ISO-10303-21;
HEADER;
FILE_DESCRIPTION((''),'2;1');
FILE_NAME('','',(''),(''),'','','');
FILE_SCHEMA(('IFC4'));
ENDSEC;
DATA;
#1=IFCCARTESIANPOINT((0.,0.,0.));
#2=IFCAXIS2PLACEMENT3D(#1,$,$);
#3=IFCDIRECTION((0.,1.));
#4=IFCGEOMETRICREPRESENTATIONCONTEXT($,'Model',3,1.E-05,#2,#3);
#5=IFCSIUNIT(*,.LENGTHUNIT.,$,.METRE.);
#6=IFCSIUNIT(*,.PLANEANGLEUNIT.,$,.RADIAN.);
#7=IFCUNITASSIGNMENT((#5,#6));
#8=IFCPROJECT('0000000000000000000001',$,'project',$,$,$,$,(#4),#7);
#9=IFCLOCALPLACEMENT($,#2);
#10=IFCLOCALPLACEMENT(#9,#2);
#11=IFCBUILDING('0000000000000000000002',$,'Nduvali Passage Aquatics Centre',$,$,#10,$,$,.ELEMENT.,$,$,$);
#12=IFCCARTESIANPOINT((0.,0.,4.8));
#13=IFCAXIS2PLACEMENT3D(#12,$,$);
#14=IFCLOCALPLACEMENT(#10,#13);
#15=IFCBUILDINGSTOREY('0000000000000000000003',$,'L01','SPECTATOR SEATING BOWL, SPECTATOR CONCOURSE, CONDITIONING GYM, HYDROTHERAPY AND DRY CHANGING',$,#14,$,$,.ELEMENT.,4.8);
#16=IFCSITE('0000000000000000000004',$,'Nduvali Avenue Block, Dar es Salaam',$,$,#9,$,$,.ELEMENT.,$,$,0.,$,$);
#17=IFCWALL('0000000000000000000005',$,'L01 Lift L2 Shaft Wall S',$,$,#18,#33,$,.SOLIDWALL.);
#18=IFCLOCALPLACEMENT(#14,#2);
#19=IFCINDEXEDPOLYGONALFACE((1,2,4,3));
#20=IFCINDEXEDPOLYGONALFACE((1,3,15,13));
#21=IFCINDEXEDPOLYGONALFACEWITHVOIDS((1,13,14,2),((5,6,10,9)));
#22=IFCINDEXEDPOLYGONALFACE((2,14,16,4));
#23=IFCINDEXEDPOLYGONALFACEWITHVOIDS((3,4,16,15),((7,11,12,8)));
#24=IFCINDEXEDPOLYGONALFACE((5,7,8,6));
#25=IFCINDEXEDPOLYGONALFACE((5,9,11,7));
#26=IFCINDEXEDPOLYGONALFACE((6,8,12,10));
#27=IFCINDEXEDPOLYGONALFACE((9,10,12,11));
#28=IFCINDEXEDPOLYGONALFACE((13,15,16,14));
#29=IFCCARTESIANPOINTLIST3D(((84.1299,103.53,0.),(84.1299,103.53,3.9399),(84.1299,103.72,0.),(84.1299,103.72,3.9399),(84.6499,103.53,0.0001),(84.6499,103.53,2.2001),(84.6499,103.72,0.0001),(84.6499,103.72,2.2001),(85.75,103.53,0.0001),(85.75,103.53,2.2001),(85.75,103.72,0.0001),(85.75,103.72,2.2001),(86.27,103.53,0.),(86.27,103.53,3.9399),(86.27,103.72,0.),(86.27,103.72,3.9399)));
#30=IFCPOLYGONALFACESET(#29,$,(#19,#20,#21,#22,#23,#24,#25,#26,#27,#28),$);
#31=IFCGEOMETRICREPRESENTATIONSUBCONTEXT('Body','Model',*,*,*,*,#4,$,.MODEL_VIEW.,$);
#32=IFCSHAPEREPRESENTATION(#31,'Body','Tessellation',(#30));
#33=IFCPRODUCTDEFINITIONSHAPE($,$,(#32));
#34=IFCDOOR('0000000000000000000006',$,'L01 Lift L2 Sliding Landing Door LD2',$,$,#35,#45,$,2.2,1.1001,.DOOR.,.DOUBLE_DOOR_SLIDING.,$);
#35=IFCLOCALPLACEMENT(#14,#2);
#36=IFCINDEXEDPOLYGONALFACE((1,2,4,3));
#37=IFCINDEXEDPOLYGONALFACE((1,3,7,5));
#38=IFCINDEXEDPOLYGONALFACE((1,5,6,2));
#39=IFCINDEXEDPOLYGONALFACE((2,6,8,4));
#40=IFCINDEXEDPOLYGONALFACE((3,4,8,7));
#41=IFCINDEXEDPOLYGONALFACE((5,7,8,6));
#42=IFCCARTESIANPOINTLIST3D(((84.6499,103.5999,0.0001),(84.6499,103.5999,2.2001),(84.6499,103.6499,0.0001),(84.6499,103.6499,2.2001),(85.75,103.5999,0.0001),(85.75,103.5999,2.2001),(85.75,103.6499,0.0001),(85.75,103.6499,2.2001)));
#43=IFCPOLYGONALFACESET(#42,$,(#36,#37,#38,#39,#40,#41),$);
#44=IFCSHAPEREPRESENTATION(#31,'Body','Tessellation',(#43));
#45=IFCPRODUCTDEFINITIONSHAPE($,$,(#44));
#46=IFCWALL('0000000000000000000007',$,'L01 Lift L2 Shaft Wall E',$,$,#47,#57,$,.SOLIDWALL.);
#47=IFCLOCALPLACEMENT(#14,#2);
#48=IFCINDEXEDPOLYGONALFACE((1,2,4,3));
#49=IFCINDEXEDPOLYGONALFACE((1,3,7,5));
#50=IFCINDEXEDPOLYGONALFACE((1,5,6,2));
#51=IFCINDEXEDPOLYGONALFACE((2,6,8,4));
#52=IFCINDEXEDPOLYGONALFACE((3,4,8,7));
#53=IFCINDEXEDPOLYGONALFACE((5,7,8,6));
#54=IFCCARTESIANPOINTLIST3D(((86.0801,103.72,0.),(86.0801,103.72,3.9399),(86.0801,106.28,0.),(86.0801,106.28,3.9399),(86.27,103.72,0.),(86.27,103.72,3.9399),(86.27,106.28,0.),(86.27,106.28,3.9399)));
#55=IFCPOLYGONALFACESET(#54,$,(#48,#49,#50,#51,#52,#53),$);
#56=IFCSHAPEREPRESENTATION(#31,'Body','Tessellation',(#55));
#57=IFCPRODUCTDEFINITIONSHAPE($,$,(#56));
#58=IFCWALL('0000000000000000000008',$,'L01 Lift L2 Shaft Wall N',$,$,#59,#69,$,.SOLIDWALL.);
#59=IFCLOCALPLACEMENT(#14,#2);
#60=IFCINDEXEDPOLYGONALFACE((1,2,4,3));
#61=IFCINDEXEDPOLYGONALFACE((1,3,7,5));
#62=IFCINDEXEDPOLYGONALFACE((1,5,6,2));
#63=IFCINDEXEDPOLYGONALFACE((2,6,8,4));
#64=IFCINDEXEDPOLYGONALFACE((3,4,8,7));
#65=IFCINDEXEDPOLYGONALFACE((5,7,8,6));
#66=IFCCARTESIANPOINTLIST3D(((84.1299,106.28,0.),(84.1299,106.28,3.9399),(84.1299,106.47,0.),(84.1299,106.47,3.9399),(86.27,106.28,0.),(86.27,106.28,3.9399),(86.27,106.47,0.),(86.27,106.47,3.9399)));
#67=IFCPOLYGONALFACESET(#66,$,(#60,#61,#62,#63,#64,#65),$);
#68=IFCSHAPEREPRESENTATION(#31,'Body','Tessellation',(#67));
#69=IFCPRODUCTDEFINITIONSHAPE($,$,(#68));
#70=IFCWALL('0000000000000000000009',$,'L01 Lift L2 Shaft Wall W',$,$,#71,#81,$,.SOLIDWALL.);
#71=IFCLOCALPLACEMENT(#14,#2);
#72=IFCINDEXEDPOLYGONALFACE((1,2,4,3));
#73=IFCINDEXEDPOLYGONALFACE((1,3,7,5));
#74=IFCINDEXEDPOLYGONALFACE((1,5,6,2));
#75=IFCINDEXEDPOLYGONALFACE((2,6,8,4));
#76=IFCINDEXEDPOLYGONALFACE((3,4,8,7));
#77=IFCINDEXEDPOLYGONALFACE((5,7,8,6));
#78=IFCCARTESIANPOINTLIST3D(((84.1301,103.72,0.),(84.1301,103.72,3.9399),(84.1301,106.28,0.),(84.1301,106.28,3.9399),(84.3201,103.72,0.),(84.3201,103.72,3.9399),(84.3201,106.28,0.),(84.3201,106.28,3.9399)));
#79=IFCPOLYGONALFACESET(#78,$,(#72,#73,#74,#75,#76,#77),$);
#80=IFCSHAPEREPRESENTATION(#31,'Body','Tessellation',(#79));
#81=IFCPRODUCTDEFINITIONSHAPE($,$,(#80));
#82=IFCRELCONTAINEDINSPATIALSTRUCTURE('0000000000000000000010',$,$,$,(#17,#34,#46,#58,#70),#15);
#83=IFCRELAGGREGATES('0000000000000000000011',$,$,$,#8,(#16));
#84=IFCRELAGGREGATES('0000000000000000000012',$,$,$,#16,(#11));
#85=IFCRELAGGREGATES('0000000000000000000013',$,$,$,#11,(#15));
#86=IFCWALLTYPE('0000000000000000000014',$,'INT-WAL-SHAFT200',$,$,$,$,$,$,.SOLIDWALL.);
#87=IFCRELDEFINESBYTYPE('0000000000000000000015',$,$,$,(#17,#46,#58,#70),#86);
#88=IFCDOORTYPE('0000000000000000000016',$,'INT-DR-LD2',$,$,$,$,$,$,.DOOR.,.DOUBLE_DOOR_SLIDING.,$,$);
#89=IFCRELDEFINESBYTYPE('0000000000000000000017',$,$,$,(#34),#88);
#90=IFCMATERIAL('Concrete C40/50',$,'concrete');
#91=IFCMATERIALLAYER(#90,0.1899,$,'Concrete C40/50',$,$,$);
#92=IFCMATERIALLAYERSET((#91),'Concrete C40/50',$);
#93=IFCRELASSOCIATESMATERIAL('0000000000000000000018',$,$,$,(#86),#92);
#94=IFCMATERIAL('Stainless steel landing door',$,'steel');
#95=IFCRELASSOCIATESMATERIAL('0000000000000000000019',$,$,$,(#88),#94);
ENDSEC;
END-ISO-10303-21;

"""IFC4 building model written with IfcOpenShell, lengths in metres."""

from ifc_helpers import new_model, si_unit, direction, frame, frame_2d, origin, place, context, subcontext, project, spatial, rectangle, extrude, material, layer, layer_set, type_object, element, fill, save


model = new_model("IFC4")

# Units and contexts
model_context = context("Model", 3, precision=1e-05, world=origin(), true_north=direction((0.0, 1.0)))
body_context = subcontext(model_context, "Body", "Model", "MODEL_VIEW")
ifc_project = project(units=[si_unit("LENGTHUNIT", "METRE"), si_unit("PLANEANGLEUNIT", "RADIAN")], contexts=[model_context])

# Site, building, storey
site_placement = place(None, origin())
site = spatial("IfcSite", under=ifc_project, at=site_placement, Name="Nduvali Avenue Block, Dar es Salaam", CompositionType="ELEMENT", RefElevation=0.0)
building_placement = place(site_placement, origin())
building = spatial("IfcBuilding", under=site, at=building_placement, Name="Nduvali Passage Aquatics Centre", CompositionType="ELEMENT")
storey_placement = place(building_placement, frame((0.0, 0.0, 4.8)))
storey = spatial("IfcBuildingStorey", under=building, at=storey_placement, Name="L01", Description="SPECTATOR SEATING BOWL, SPECTATOR CONCOURSE, CONDITIONING GYM, HYDROTHERAPY AND DRY CHANGING", CompositionType="ELEMENT", Elevation=4.8)

# Shared definitions
ifc_material_1 = material(Name="Concrete C40/50", Category="concrete")
ifc_layer_1 = layer(ifc_material_1, 0.1899, Name="Concrete C40/50")
ifc_layer_set_1 = layer_set([ifc_layer_1], Name="Concrete C40/50")
wall_type_1 = type_object("IfcWallType", Name="INT-WAL-SHAFT200", PredefinedType="SOLIDWALL", material=ifc_layer_set_1)

# Wall, opening, door
wall_1_placement = place(storey_placement, frame((84.1299, 103.625, 0.0), z_axis=(0.0, 0.0, 1.0), x_axis=(1.0, 0.0, 0.0)))
wall_1 = element("IfcWall", 1, at=wall_1_placement, inside=storey, type_object=wall_type_1, Name="L01 Lift L2 Shaft Wall S", PredefinedType="SOLIDWALL", context=body_context, shape_type="SweptSolid", body=[
    extrude(rectangle(XDim=2.1401, YDim=0.1899, at=frame_2d((1.0701, 0.0))), origin(), (0.0, 0.0, 1.0), 3.9399),
])
opening_1_placement = place(wall_1_placement, frame((0.52, 0.0, 0.0)))
opening_1 = element("IfcOpeningElement", 2, at=opening_1_placement, cuts=wall_1, PredefinedType="OPENING", context=body_context, shape_type="SweptSolid", body=[
    extrude(rectangle(XDim=1.1001, YDim=2.2, at=frame_2d((0.55, 1.1001))), frame((0.0, 0.1099, 0.0), z_axis=(0.0, -1.0, 0.0), x_axis=(1.0, 0.0, 0.0)), (0.0, 0.0, 1.0), 0.2197),
])
ifc_material_2 = material(Name="Stainless steel landing door", Category="steel")
door_type_1 = type_object("IfcDoorType", Name="INT-DR-LD2", OperationType="DOUBLE_DOOR_SLIDING", PredefinedType="DOOR", material=ifc_material_2)
door_1_placement = place(opening_1_placement, origin())
door_1 = element("IfcDoor", 3, at=door_1_placement, inside=storey, type_object=door_type_1, Name="L01 Lift L2 Sliding Landing Door LD2", OperationType="DOUBLE_DOOR_SLIDING", OverallHeight=2.2, OverallWidth=1.1001, PredefinedType="DOOR", context=body_context, shape_type="SweptSolid", body=[
    extrude(rectangle(XDim=1.1001, YDim=2.2, at=frame_2d((0.55, 1.1001))), frame((0.0, 0.0249, 0.0), z_axis=(0.0, -1.0, 0.0), x_axis=(1.0, 0.0, 0.0)), (0.0, 0.0, 1.0), 0.05),
])
fill(opening_1, door_1)

# Walls
wall_2_placement = place(storey_placement, frame((86.175, 103.72, 0.0), z_axis=(0.0, 0.0, 1.0), x_axis=(0.0, 1.0, 0.0)))
element("IfcWall", 4, at=wall_2_placement, inside=storey, type_object=wall_type_1, Name="L01 Lift L2 Shaft Wall E", PredefinedType="SOLIDWALL", context=body_context, shape_type="SweptSolid", body=[
    extrude(rectangle(XDim=2.5601, YDim=0.1899, at=frame_2d((1.28, 0.0))), origin(), (0.0, 0.0, 1.0), 3.9399),
])
wall_3_placement = place(storey_placement, frame((86.27, 106.375, 0.0), z_axis=(0.0, 0.0, 1.0), x_axis=(-1.0, 0.0, 0.0)))
element("IfcWall", 5, at=wall_3_placement, inside=storey, type_object=wall_type_1, Name="L01 Lift L2 Shaft Wall N", PredefinedType="SOLIDWALL", context=body_context, shape_type="SweptSolid", body=[
    extrude(rectangle(XDim=2.1401, YDim=0.1899, at=frame_2d((1.0701, 0.0))), origin(), (0.0, 0.0, 1.0), 3.9399),
])
wall_4_placement = place(storey_placement, frame((84.2251, 106.28, 0.0), z_axis=(0.0, 0.0, 1.0), x_axis=(0.0, -1.0, 0.0)))
element("IfcWall", 6, at=wall_4_placement, inside=storey, type_object=wall_type_1, Name="L01 Lift L2 Shaft Wall W", PredefinedType="SOLIDWALL", context=body_context, shape_type="SweptSolid", body=[
    extrude(rectangle(XDim=2.5601, YDim=0.1899, at=frame_2d((1.28, 0.0))), origin(), (0.0, 0.0, 1.0), 3.9399),
])

save(model, "model.ifc")
